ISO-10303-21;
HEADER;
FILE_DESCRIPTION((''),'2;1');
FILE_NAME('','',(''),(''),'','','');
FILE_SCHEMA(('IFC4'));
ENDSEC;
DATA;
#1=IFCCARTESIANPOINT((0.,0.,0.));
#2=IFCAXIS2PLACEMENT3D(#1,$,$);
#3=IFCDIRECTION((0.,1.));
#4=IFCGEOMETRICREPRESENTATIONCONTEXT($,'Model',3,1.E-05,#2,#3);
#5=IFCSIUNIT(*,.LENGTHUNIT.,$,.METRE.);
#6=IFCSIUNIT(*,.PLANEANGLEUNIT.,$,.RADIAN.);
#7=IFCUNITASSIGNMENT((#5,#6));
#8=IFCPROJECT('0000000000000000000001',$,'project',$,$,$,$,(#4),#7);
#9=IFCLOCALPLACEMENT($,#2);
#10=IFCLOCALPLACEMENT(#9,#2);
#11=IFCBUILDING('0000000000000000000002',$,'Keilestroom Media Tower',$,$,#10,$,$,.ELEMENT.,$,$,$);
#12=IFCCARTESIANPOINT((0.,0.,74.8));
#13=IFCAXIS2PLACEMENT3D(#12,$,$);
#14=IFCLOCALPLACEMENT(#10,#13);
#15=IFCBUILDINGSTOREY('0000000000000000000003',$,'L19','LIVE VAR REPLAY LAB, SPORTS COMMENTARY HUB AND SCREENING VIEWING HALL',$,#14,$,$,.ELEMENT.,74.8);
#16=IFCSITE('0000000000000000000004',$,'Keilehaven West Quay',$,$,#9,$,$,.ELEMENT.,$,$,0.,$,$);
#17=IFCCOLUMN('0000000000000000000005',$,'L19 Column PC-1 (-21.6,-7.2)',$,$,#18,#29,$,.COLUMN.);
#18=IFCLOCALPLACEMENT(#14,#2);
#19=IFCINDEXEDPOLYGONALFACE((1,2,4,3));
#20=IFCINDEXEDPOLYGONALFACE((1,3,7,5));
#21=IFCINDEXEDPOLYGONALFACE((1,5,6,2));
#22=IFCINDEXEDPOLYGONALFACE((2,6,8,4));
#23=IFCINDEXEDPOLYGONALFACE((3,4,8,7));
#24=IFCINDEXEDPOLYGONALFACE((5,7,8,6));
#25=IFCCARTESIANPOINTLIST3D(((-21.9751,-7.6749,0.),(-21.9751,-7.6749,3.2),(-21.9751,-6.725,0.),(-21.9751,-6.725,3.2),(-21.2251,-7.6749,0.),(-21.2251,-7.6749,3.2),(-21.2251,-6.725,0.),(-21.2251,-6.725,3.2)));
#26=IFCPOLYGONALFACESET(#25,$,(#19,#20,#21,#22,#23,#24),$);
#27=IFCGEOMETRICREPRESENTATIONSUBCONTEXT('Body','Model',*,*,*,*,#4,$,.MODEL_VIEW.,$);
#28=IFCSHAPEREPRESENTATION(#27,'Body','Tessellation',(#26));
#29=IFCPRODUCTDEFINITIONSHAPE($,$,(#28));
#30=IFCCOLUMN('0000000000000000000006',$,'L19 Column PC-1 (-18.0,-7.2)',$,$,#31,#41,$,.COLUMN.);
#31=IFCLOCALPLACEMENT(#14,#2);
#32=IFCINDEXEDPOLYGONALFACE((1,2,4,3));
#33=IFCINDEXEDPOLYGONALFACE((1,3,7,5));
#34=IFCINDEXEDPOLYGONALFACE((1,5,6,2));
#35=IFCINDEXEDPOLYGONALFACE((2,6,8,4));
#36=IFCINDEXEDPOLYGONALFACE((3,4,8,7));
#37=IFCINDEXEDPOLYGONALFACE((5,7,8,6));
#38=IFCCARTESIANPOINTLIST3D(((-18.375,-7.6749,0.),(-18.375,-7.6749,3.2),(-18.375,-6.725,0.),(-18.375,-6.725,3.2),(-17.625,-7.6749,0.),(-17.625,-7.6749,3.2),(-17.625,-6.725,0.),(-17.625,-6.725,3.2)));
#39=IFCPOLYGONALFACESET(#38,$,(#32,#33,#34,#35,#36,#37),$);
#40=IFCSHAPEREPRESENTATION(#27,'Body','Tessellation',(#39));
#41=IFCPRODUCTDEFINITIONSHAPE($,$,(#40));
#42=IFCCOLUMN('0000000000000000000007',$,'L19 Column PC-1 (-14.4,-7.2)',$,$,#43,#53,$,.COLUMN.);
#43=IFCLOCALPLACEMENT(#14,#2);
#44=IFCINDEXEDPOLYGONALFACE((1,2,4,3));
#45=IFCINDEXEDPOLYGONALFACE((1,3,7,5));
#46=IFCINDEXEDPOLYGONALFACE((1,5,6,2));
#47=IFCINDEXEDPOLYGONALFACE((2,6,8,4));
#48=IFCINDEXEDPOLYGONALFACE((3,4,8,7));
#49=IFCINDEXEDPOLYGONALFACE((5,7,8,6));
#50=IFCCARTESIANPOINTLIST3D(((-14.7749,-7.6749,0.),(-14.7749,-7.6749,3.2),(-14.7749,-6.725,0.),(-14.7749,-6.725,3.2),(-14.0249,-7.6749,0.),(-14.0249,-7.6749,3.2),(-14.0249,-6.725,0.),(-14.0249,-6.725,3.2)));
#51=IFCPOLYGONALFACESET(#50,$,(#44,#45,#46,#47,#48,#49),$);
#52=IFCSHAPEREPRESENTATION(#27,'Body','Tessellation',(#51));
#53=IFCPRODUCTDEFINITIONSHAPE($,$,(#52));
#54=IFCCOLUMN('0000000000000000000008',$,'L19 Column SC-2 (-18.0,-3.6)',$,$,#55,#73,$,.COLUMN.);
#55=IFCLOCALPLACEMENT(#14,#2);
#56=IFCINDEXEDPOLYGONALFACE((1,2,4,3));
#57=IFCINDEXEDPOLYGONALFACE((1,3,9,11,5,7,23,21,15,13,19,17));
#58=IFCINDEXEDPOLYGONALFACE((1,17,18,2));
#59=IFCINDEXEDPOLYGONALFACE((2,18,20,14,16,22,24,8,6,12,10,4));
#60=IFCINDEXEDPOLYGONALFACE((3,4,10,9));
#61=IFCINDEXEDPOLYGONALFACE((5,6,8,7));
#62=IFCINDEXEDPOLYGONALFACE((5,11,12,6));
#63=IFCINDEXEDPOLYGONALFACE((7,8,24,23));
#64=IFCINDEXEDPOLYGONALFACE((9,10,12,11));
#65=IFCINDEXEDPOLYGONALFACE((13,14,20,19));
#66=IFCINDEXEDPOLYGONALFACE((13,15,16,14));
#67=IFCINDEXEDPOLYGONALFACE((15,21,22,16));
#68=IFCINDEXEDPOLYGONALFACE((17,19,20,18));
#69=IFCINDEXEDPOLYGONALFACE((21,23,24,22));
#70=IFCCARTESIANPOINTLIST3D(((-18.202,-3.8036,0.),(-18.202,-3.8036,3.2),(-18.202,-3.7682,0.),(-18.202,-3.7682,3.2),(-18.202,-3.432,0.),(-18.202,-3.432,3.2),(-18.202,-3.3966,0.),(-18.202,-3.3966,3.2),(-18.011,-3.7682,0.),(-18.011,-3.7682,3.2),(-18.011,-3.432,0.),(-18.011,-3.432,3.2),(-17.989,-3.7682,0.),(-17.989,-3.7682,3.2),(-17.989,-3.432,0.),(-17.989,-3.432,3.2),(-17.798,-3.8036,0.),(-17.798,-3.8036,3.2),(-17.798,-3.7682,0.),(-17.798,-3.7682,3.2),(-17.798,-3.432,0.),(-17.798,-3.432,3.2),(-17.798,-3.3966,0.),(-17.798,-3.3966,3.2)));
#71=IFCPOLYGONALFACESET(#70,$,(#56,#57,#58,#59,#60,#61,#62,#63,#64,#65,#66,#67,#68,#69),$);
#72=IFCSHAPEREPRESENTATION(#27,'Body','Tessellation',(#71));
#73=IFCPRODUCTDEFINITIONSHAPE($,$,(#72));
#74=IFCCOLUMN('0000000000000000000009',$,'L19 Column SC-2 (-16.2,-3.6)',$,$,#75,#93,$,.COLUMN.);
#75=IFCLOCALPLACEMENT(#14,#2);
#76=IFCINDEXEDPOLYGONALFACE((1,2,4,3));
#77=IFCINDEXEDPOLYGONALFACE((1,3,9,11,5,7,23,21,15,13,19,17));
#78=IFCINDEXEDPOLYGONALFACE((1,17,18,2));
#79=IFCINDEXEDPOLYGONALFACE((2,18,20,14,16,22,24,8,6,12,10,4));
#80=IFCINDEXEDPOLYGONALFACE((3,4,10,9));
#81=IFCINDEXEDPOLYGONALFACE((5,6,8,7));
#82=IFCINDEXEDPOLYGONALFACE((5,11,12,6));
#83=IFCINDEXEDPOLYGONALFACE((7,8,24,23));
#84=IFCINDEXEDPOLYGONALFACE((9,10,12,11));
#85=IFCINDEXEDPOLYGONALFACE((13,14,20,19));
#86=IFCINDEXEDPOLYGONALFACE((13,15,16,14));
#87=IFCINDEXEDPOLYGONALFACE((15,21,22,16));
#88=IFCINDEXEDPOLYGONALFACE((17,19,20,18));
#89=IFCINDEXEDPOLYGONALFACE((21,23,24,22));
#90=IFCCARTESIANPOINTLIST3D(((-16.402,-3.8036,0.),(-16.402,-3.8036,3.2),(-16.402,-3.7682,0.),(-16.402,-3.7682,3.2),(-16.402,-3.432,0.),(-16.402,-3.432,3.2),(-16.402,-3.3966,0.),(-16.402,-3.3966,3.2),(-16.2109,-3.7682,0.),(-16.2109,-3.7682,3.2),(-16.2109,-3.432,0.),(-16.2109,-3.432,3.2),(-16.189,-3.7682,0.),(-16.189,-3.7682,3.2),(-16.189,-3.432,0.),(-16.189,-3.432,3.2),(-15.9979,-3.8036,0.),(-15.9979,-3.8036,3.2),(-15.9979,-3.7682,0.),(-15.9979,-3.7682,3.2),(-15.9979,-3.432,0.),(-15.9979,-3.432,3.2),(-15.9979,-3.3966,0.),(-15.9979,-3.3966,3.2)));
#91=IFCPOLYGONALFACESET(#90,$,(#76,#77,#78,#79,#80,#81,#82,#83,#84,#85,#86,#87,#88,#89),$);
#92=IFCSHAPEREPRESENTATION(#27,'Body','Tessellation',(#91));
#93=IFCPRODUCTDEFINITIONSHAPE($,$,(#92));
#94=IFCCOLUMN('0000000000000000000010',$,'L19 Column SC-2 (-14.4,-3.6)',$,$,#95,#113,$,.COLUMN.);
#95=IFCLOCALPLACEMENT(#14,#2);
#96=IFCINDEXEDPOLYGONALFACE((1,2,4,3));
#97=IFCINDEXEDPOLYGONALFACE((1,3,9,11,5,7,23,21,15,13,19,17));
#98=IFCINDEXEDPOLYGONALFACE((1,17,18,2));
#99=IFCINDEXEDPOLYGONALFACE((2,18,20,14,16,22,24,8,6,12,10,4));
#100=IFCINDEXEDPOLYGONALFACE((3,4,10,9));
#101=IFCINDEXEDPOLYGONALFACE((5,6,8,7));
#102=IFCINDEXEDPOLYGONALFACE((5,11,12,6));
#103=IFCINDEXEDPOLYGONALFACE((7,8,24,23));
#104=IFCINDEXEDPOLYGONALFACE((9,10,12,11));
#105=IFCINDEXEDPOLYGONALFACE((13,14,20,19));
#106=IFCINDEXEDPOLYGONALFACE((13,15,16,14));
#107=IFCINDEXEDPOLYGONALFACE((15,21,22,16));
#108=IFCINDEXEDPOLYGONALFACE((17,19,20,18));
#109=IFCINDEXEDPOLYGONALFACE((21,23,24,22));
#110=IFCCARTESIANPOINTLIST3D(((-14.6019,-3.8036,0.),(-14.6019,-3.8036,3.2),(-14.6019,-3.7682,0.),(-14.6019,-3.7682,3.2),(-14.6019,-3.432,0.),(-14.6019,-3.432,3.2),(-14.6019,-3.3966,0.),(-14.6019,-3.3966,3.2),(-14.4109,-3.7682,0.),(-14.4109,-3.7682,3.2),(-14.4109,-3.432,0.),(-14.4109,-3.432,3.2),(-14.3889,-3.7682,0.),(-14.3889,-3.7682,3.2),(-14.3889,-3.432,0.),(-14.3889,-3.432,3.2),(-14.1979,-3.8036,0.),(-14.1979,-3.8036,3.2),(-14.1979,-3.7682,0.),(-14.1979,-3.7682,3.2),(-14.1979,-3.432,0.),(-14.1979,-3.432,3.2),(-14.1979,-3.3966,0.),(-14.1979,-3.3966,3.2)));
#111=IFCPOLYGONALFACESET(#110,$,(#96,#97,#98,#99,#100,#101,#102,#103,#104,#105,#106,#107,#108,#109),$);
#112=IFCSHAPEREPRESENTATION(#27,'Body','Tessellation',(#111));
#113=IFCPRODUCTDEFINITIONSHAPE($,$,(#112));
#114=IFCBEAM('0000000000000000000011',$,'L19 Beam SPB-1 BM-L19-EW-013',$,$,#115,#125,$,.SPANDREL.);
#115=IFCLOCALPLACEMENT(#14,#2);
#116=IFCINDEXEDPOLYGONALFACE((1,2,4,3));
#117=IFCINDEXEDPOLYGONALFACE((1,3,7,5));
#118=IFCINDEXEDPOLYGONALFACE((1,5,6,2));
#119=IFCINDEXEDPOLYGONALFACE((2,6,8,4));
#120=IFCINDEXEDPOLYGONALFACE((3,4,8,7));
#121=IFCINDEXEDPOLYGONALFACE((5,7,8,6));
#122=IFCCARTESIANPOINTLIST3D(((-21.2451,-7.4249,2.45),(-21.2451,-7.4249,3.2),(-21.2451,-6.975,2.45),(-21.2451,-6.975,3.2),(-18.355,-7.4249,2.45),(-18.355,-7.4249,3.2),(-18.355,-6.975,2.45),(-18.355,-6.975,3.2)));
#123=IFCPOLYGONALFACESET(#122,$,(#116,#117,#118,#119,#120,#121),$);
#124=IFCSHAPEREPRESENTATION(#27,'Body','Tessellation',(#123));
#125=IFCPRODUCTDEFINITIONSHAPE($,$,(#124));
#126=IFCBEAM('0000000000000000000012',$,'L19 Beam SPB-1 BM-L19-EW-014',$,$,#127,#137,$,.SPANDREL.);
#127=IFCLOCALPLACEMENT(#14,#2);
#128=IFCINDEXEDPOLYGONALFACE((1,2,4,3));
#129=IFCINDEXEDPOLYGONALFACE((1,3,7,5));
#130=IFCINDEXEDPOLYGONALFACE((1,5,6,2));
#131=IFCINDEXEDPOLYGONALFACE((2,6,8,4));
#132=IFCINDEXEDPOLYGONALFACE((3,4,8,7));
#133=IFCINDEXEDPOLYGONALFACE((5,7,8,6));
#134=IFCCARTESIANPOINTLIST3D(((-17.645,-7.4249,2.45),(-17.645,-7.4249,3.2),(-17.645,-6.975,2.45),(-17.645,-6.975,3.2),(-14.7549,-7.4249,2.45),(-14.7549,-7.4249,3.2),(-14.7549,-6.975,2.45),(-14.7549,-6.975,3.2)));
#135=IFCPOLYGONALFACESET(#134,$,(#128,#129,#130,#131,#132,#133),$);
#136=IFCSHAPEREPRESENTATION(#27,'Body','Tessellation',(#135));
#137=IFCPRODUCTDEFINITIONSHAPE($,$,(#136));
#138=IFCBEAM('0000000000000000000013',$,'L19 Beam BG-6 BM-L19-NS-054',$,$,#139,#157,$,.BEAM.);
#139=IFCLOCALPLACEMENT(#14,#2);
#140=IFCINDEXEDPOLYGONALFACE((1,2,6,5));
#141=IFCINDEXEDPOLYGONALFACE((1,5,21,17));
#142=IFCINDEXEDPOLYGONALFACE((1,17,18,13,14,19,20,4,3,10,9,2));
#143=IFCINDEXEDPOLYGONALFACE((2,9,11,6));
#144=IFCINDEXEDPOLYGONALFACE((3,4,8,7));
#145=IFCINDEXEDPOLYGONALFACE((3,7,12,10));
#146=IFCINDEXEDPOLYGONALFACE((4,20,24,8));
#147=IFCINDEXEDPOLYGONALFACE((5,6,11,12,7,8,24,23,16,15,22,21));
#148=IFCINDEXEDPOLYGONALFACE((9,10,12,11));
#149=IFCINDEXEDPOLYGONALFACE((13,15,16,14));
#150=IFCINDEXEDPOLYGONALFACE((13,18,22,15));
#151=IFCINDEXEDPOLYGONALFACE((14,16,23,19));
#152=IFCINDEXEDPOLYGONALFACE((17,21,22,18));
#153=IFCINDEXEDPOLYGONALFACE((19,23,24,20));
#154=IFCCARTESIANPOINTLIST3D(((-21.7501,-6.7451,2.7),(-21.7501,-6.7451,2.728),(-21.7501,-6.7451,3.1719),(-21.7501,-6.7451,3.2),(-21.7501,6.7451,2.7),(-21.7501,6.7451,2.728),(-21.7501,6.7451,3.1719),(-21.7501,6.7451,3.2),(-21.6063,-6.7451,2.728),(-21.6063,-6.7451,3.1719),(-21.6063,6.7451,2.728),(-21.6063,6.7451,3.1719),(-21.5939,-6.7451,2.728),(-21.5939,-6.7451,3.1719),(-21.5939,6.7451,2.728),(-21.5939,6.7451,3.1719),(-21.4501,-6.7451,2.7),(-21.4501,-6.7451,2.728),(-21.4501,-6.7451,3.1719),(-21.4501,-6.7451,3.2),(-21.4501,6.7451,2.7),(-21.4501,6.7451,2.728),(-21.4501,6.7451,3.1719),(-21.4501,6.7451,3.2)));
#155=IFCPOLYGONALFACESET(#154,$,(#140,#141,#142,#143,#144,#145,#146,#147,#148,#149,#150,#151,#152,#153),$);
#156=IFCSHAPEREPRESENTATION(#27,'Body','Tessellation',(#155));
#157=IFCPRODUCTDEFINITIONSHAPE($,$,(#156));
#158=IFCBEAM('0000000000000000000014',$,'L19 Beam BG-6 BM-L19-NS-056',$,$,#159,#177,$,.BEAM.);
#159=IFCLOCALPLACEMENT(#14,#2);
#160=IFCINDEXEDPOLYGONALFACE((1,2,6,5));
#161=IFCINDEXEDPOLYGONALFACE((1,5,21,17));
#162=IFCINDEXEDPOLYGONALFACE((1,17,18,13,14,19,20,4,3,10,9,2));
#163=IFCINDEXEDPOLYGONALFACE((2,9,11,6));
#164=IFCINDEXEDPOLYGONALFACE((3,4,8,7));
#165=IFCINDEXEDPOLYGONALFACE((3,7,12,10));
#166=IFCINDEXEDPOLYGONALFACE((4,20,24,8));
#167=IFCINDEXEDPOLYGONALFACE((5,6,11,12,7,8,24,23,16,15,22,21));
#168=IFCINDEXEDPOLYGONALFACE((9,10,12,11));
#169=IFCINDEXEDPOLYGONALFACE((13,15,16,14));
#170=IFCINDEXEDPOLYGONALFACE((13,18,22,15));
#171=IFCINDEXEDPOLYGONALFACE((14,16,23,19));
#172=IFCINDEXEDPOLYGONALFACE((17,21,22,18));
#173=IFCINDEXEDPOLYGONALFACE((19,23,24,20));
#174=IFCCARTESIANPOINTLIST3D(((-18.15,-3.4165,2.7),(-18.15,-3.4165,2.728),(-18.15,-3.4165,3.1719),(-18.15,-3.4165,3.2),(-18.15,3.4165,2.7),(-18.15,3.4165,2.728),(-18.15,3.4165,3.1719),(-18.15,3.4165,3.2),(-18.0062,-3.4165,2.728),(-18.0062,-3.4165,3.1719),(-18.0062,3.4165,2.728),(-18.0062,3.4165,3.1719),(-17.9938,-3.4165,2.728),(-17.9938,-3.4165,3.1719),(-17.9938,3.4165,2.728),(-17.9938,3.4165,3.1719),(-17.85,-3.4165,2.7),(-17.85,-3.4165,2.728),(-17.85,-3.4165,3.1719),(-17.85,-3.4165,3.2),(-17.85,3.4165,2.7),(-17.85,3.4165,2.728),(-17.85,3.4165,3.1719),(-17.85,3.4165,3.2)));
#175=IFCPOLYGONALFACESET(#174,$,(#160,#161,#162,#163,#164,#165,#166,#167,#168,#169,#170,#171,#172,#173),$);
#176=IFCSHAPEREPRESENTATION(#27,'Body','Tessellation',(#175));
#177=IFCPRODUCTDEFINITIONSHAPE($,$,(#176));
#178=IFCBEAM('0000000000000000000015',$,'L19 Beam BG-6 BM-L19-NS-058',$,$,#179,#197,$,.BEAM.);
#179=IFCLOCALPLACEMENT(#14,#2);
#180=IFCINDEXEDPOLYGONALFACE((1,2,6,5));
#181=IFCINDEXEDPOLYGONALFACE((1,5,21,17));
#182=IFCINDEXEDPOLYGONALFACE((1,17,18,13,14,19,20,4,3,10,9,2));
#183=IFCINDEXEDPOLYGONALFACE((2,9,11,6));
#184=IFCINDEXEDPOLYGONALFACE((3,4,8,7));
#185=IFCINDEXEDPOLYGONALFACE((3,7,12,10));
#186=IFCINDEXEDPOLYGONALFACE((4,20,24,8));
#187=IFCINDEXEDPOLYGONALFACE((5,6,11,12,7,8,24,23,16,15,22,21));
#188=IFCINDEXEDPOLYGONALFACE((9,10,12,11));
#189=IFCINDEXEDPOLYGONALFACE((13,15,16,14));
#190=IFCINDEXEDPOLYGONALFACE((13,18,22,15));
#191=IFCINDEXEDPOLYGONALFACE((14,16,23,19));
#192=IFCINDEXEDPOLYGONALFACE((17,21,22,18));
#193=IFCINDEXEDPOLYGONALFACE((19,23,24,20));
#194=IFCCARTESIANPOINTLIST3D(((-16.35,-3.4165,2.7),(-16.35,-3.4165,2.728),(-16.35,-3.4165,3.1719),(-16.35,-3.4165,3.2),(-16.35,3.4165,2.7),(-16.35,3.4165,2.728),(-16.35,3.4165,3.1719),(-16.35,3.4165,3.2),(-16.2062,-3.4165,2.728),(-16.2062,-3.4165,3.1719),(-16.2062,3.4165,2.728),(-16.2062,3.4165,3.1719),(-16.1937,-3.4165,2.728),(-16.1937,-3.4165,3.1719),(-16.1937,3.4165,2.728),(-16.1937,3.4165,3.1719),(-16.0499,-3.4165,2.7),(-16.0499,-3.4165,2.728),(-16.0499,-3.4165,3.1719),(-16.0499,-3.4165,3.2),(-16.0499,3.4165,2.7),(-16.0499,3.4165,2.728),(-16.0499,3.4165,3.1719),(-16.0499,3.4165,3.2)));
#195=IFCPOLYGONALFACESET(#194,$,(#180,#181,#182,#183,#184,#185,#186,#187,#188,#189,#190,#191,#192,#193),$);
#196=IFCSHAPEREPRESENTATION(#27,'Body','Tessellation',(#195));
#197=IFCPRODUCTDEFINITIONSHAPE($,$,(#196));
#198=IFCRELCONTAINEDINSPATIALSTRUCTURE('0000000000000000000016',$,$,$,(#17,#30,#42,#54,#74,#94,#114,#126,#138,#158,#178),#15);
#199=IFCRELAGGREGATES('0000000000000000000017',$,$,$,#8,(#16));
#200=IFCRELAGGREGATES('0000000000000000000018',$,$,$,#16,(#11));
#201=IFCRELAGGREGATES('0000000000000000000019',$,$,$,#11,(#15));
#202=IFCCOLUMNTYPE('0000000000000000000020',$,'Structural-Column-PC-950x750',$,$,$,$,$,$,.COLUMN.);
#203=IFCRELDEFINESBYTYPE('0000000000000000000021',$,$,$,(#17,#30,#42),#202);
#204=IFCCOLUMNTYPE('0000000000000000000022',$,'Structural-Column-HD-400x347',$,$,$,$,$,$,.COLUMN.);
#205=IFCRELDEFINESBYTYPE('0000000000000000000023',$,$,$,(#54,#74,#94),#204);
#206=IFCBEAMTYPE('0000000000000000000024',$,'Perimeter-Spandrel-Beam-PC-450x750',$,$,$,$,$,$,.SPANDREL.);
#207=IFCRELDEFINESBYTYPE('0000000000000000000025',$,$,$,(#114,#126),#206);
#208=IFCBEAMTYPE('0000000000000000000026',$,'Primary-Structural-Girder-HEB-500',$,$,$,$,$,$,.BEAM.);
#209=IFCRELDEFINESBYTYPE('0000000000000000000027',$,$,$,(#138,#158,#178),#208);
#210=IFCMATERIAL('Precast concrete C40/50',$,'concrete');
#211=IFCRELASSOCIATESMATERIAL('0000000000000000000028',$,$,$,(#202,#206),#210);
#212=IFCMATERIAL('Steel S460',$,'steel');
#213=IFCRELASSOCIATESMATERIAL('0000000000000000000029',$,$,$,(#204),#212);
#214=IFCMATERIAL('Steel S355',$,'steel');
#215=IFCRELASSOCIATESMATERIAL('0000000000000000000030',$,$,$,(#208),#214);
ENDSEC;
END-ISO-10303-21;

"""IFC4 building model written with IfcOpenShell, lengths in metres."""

from ifc_helpers import new_model, si_unit, direction, frame, origin, origin_2d, place, context, subcontext, project, spatial, rectangle, i_section, extrude, source, transform, mapped, material, material_profile, profile_set, type_object, element, save


model = new_model("IFC4")

# Units and contexts
model_context = context("Model", 3, precision=1e-05, world=origin(), true_north=direction((0.0, 1.0)))
body_context = subcontext(model_context, "Body", "Model", "MODEL_VIEW")
ifc_project = project(units=[si_unit("LENGTHUNIT", "METRE"), si_unit("PLANEANGLEUNIT", "RADIAN")], contexts=[model_context])

# Site, building, storey
site_placement = place(None, origin())
site = spatial("IfcSite", under=ifc_project, at=site_placement, Name="Keilehaven West Quay", CompositionType="ELEMENT", RefElevation=0.0)
building_placement = place(site_placement, origin())
building = spatial("IfcBuilding", under=site, at=building_placement, Name="Keilestroom Media Tower", CompositionType="ELEMENT")
storey_placement = place(building_placement, frame((0.0, 0.0, 74.8)))
storey = spatial("IfcBuildingStorey", under=building, at=storey_placement, Name="L19", Description="LIVE VAR REPLAY LAB, SPORTS COMMENTARY HUB AND SCREENING VIEWING HALL", CompositionType="ELEMENT", Elevation=74.8)

# Columns
ifc_material_1 = material(Name="Precast concrete C40/50", Category="concrete")
ifc_material_profile_1 = material_profile(ifc_material_1, rectangle(XDim=0.75, YDim=0.95, at=origin_2d()), Name="PC 950x750")
ifc_profile_set_1 = profile_set([ifc_material_profile_1], Name="Precast concrete C40/50")
column_type_1 = type_object("IfcColumnType", Name="Structural-Column-PC-950x750", PredefinedType="COLUMN", material=ifc_profile_set_1)
shared_shape_1 = source(origin(), body_context, "Body", "SweptSolid", [
    extrude(rectangle(XDim=0.75, YDim=0.95, at=origin_2d()), origin(), (0.0, 0.0, 1.0), 3.2),
])
for number, where, z_axis, x_axis, name in (
    (1, (-21.6001, -7.2, 0.0), (0.0, 0.0, 1.0), (1.0, 0.0, 0.0), "L19 Column PC-1 (-21.6,-7.2)"),
    (2, (-18.0, -7.2, 0.0), (0.0, 0.0, 1.0), (1.0, 0.0, 0.0), "L19 Column PC-1 (-18.0,-7.2)"),
    (3, (-14.3999, -7.2, 0.0), (0.0, 0.0, 1.0), (1.0, 0.0, 0.0), "L19 Column PC-1 (-14.4,-7.2)"),
):
    element("IfcColumn", number, at=place(storey_placement, frame(where, z_axis=z_axis, x_axis=x_axis)), inside=storey, type_object=column_type_1, Name=name, PredefinedType="COLUMN", context=body_context, shape_type="MappedRepresentation", body=[
        mapped(shared_shape_1, transform((0.0, 0.0, 0.0), x_axis=(1.0, 0.0, 0.0), y_axis=(0.0, 1.0, 0.0), z_axis=(0.0, 0.0, 1.0), scale=1.0)),
    ])
ifc_material_2 = material(Name="Steel S460", Category="steel")
ifc_material_profile_2 = material_profile(ifc_material_2, i_section(OverallWidth=0.4041, OverallDepth=0.407, WebThickness=0.022, FlangeThickness=0.0354, at=origin_2d()), Name="HD 400x347")
ifc_profile_set_2 = profile_set([ifc_material_profile_2], Name="Steel S460")
column_type_2 = type_object("IfcColumnType", Name="Structural-Column-HD-400x347", PredefinedType="COLUMN", material=ifc_profile_set_2)
shared_shape_2 = source(origin(), body_context, "Body", "SweptSolid", [
    extrude(i_section(OverallWidth=0.4041, OverallDepth=0.407, WebThickness=0.022, FlangeThickness=0.0354, at=origin_2d()), origin(), (0.0, 0.0, 1.0), 3.2),
])
for number, where, z_axis, x_axis, name in (
    (4, (-18.0, -3.6001, 0.0), (0.0, 0.0, 1.0), (1.0, 0.0, 0.0), "L19 Column SC-2 (-18.0,-3.6)"),
    (5, (-16.2, -3.6001, 0.0), (0.0, 0.0, 1.0), (1.0, 0.0, 0.0), "L19 Column SC-2 (-16.2,-3.6)"),
    (6, (-14.3999, -3.6001, 0.0), (0.0, 0.0, 1.0), (1.0, 0.0, 0.0), "L19 Column SC-2 (-14.4,-3.6)"),
):
    element("IfcColumn", number, at=place(storey_placement, frame(where, z_axis=z_axis, x_axis=x_axis)), inside=storey, type_object=column_type_2, Name=name, PredefinedType="COLUMN", context=body_context, shape_type="MappedRepresentation", body=[
        mapped(shared_shape_2, transform((0.0, 0.0, 0.0), x_axis=(1.0, 0.0, 0.0), y_axis=(0.0, 1.0, 0.0), z_axis=(0.0, 0.0, 1.0), scale=1.0)),
    ])

# Beams
ifc_material_profile_3 = material_profile(ifc_material_1, rectangle(XDim=0.45, YDim=0.75, at=origin_2d()), Name="PC 450x750")
ifc_profile_set_3 = profile_set([ifc_material_profile_3], Name="Precast concrete C40/50")
beam_type_1 = type_object("IfcBeamType", Name="Perimeter-Spandrel-Beam-PC-450x750", PredefinedType="SPANDREL", material=ifc_profile_set_3)
shared_shape_3 = source(origin(), body_context, "Body", "SweptSolid", [
    extrude(rectangle(XDim=0.45, YDim=0.75, at=origin_2d()), origin(), (0.0, 0.0, 1.0), 2.8901),
])
for number, where, z_axis, x_axis, name in (
    (7, (-21.2451, -7.2, 2.825), (1.0, 0.0, 0.0), (0.0, 1.0, 0.0), "L19 Beam SPB-1 BM-L19-EW-013"),
    (8, (-17.645, -7.2, 2.825), (1.0, 0.0, 0.0), (0.0, 1.0, 0.0), "L19 Beam SPB-1 BM-L19-EW-014"),
):
    element("IfcBeam", number, at=place(storey_placement, frame(where, z_axis=z_axis, x_axis=x_axis)), inside=storey, type_object=beam_type_1, Name=name, PredefinedType="SPANDREL", context=body_context, shape_type="MappedRepresentation", body=[
        mapped(shared_shape_3, transform((0.0, 0.0, 0.0), x_axis=(1.0, 0.0, 0.0), y_axis=(0.0, 1.0, 0.0), z_axis=(0.0, 0.0, 1.0), scale=1.0)),
    ])
ifc_material_3 = material(Name="Steel S355", Category="steel")
ifc_material_profile_4 = material_profile(ifc_material_3, i_section(OverallWidth=0.3, OverallDepth=0.5, WebThickness=0.0125, FlangeThickness=0.0281, at=origin_2d()), Name="HEB 500")
ifc_profile_set_4 = profile_set([ifc_material_profile_4], Name="Steel S355")
beam_type_2 = type_object("IfcBeamType", Name="Primary-Structural-Girder-HEB-500", PredefinedType="BEAM", material=ifc_profile_set_4)
shared_shape_4 = source(origin(), body_context, "Body", "SweptSolid", [
    extrude(i_section(OverallWidth=0.3, OverallDepth=0.5, WebThickness=0.0125, FlangeThickness=0.0281, at=origin_2d()), origin(), (0.0, 0.0, 1.0), 13.4902),
])
beam_placement = place(storey_placement, frame((-21.6001, -6.7451, 2.95), z_axis=(0.0, 1.0, 0.0), x_axis=(-1.0, 0.0, 0.0)))
element("IfcBeam", 9, at=beam_placement, inside=storey, type_object=beam_type_2, Name="L19 Beam BG-6 BM-L19-NS-054", PredefinedType="BEAM", context=body_context, shape_type="MappedRepresentation", body=[
    mapped(shared_shape_4, transform((0.0, 0.0, 0.0), x_axis=(1.0, 0.0, 0.0), y_axis=(0.0, 1.0, 0.0), z_axis=(0.0, 0.0, 1.0), scale=1.0)),
])
shared_shape_5 = source(origin(), body_context, "Body", "SweptSolid", [
    extrude(i_section(OverallWidth=0.3, OverallDepth=0.5, WebThickness=0.0125, FlangeThickness=0.0281, at=origin_2d()), origin(), (0.0, 0.0, 1.0), 6.833),
])
for number, where, z_axis, x_axis, name in (
    (10, (-18.0, -3.4165, 2.95), (0.0, 1.0, 0.0), (-1.0, 0.0, 0.0), "L19 Beam BG-6 BM-L19-NS-056"),
    (11, (-16.2, -3.4165, 2.95), (0.0, 1.0, 0.0), (-1.0, 0.0, 0.0), "L19 Beam BG-6 BM-L19-NS-058"),
):
    element("IfcBeam", number, at=place(storey_placement, frame(where, z_axis=z_axis, x_axis=x_axis)), inside=storey, type_object=beam_type_2, Name=name, PredefinedType="BEAM", context=body_context, shape_type="MappedRepresentation", body=[
        mapped(shared_shape_5, transform((0.0, 0.0, 0.0), x_axis=(1.0, 0.0, 0.0), y_axis=(0.0, 1.0, 0.0), z_axis=(0.0, 0.0, 1.0), scale=1.0)),
    ])

save(model, "model.ifc")
